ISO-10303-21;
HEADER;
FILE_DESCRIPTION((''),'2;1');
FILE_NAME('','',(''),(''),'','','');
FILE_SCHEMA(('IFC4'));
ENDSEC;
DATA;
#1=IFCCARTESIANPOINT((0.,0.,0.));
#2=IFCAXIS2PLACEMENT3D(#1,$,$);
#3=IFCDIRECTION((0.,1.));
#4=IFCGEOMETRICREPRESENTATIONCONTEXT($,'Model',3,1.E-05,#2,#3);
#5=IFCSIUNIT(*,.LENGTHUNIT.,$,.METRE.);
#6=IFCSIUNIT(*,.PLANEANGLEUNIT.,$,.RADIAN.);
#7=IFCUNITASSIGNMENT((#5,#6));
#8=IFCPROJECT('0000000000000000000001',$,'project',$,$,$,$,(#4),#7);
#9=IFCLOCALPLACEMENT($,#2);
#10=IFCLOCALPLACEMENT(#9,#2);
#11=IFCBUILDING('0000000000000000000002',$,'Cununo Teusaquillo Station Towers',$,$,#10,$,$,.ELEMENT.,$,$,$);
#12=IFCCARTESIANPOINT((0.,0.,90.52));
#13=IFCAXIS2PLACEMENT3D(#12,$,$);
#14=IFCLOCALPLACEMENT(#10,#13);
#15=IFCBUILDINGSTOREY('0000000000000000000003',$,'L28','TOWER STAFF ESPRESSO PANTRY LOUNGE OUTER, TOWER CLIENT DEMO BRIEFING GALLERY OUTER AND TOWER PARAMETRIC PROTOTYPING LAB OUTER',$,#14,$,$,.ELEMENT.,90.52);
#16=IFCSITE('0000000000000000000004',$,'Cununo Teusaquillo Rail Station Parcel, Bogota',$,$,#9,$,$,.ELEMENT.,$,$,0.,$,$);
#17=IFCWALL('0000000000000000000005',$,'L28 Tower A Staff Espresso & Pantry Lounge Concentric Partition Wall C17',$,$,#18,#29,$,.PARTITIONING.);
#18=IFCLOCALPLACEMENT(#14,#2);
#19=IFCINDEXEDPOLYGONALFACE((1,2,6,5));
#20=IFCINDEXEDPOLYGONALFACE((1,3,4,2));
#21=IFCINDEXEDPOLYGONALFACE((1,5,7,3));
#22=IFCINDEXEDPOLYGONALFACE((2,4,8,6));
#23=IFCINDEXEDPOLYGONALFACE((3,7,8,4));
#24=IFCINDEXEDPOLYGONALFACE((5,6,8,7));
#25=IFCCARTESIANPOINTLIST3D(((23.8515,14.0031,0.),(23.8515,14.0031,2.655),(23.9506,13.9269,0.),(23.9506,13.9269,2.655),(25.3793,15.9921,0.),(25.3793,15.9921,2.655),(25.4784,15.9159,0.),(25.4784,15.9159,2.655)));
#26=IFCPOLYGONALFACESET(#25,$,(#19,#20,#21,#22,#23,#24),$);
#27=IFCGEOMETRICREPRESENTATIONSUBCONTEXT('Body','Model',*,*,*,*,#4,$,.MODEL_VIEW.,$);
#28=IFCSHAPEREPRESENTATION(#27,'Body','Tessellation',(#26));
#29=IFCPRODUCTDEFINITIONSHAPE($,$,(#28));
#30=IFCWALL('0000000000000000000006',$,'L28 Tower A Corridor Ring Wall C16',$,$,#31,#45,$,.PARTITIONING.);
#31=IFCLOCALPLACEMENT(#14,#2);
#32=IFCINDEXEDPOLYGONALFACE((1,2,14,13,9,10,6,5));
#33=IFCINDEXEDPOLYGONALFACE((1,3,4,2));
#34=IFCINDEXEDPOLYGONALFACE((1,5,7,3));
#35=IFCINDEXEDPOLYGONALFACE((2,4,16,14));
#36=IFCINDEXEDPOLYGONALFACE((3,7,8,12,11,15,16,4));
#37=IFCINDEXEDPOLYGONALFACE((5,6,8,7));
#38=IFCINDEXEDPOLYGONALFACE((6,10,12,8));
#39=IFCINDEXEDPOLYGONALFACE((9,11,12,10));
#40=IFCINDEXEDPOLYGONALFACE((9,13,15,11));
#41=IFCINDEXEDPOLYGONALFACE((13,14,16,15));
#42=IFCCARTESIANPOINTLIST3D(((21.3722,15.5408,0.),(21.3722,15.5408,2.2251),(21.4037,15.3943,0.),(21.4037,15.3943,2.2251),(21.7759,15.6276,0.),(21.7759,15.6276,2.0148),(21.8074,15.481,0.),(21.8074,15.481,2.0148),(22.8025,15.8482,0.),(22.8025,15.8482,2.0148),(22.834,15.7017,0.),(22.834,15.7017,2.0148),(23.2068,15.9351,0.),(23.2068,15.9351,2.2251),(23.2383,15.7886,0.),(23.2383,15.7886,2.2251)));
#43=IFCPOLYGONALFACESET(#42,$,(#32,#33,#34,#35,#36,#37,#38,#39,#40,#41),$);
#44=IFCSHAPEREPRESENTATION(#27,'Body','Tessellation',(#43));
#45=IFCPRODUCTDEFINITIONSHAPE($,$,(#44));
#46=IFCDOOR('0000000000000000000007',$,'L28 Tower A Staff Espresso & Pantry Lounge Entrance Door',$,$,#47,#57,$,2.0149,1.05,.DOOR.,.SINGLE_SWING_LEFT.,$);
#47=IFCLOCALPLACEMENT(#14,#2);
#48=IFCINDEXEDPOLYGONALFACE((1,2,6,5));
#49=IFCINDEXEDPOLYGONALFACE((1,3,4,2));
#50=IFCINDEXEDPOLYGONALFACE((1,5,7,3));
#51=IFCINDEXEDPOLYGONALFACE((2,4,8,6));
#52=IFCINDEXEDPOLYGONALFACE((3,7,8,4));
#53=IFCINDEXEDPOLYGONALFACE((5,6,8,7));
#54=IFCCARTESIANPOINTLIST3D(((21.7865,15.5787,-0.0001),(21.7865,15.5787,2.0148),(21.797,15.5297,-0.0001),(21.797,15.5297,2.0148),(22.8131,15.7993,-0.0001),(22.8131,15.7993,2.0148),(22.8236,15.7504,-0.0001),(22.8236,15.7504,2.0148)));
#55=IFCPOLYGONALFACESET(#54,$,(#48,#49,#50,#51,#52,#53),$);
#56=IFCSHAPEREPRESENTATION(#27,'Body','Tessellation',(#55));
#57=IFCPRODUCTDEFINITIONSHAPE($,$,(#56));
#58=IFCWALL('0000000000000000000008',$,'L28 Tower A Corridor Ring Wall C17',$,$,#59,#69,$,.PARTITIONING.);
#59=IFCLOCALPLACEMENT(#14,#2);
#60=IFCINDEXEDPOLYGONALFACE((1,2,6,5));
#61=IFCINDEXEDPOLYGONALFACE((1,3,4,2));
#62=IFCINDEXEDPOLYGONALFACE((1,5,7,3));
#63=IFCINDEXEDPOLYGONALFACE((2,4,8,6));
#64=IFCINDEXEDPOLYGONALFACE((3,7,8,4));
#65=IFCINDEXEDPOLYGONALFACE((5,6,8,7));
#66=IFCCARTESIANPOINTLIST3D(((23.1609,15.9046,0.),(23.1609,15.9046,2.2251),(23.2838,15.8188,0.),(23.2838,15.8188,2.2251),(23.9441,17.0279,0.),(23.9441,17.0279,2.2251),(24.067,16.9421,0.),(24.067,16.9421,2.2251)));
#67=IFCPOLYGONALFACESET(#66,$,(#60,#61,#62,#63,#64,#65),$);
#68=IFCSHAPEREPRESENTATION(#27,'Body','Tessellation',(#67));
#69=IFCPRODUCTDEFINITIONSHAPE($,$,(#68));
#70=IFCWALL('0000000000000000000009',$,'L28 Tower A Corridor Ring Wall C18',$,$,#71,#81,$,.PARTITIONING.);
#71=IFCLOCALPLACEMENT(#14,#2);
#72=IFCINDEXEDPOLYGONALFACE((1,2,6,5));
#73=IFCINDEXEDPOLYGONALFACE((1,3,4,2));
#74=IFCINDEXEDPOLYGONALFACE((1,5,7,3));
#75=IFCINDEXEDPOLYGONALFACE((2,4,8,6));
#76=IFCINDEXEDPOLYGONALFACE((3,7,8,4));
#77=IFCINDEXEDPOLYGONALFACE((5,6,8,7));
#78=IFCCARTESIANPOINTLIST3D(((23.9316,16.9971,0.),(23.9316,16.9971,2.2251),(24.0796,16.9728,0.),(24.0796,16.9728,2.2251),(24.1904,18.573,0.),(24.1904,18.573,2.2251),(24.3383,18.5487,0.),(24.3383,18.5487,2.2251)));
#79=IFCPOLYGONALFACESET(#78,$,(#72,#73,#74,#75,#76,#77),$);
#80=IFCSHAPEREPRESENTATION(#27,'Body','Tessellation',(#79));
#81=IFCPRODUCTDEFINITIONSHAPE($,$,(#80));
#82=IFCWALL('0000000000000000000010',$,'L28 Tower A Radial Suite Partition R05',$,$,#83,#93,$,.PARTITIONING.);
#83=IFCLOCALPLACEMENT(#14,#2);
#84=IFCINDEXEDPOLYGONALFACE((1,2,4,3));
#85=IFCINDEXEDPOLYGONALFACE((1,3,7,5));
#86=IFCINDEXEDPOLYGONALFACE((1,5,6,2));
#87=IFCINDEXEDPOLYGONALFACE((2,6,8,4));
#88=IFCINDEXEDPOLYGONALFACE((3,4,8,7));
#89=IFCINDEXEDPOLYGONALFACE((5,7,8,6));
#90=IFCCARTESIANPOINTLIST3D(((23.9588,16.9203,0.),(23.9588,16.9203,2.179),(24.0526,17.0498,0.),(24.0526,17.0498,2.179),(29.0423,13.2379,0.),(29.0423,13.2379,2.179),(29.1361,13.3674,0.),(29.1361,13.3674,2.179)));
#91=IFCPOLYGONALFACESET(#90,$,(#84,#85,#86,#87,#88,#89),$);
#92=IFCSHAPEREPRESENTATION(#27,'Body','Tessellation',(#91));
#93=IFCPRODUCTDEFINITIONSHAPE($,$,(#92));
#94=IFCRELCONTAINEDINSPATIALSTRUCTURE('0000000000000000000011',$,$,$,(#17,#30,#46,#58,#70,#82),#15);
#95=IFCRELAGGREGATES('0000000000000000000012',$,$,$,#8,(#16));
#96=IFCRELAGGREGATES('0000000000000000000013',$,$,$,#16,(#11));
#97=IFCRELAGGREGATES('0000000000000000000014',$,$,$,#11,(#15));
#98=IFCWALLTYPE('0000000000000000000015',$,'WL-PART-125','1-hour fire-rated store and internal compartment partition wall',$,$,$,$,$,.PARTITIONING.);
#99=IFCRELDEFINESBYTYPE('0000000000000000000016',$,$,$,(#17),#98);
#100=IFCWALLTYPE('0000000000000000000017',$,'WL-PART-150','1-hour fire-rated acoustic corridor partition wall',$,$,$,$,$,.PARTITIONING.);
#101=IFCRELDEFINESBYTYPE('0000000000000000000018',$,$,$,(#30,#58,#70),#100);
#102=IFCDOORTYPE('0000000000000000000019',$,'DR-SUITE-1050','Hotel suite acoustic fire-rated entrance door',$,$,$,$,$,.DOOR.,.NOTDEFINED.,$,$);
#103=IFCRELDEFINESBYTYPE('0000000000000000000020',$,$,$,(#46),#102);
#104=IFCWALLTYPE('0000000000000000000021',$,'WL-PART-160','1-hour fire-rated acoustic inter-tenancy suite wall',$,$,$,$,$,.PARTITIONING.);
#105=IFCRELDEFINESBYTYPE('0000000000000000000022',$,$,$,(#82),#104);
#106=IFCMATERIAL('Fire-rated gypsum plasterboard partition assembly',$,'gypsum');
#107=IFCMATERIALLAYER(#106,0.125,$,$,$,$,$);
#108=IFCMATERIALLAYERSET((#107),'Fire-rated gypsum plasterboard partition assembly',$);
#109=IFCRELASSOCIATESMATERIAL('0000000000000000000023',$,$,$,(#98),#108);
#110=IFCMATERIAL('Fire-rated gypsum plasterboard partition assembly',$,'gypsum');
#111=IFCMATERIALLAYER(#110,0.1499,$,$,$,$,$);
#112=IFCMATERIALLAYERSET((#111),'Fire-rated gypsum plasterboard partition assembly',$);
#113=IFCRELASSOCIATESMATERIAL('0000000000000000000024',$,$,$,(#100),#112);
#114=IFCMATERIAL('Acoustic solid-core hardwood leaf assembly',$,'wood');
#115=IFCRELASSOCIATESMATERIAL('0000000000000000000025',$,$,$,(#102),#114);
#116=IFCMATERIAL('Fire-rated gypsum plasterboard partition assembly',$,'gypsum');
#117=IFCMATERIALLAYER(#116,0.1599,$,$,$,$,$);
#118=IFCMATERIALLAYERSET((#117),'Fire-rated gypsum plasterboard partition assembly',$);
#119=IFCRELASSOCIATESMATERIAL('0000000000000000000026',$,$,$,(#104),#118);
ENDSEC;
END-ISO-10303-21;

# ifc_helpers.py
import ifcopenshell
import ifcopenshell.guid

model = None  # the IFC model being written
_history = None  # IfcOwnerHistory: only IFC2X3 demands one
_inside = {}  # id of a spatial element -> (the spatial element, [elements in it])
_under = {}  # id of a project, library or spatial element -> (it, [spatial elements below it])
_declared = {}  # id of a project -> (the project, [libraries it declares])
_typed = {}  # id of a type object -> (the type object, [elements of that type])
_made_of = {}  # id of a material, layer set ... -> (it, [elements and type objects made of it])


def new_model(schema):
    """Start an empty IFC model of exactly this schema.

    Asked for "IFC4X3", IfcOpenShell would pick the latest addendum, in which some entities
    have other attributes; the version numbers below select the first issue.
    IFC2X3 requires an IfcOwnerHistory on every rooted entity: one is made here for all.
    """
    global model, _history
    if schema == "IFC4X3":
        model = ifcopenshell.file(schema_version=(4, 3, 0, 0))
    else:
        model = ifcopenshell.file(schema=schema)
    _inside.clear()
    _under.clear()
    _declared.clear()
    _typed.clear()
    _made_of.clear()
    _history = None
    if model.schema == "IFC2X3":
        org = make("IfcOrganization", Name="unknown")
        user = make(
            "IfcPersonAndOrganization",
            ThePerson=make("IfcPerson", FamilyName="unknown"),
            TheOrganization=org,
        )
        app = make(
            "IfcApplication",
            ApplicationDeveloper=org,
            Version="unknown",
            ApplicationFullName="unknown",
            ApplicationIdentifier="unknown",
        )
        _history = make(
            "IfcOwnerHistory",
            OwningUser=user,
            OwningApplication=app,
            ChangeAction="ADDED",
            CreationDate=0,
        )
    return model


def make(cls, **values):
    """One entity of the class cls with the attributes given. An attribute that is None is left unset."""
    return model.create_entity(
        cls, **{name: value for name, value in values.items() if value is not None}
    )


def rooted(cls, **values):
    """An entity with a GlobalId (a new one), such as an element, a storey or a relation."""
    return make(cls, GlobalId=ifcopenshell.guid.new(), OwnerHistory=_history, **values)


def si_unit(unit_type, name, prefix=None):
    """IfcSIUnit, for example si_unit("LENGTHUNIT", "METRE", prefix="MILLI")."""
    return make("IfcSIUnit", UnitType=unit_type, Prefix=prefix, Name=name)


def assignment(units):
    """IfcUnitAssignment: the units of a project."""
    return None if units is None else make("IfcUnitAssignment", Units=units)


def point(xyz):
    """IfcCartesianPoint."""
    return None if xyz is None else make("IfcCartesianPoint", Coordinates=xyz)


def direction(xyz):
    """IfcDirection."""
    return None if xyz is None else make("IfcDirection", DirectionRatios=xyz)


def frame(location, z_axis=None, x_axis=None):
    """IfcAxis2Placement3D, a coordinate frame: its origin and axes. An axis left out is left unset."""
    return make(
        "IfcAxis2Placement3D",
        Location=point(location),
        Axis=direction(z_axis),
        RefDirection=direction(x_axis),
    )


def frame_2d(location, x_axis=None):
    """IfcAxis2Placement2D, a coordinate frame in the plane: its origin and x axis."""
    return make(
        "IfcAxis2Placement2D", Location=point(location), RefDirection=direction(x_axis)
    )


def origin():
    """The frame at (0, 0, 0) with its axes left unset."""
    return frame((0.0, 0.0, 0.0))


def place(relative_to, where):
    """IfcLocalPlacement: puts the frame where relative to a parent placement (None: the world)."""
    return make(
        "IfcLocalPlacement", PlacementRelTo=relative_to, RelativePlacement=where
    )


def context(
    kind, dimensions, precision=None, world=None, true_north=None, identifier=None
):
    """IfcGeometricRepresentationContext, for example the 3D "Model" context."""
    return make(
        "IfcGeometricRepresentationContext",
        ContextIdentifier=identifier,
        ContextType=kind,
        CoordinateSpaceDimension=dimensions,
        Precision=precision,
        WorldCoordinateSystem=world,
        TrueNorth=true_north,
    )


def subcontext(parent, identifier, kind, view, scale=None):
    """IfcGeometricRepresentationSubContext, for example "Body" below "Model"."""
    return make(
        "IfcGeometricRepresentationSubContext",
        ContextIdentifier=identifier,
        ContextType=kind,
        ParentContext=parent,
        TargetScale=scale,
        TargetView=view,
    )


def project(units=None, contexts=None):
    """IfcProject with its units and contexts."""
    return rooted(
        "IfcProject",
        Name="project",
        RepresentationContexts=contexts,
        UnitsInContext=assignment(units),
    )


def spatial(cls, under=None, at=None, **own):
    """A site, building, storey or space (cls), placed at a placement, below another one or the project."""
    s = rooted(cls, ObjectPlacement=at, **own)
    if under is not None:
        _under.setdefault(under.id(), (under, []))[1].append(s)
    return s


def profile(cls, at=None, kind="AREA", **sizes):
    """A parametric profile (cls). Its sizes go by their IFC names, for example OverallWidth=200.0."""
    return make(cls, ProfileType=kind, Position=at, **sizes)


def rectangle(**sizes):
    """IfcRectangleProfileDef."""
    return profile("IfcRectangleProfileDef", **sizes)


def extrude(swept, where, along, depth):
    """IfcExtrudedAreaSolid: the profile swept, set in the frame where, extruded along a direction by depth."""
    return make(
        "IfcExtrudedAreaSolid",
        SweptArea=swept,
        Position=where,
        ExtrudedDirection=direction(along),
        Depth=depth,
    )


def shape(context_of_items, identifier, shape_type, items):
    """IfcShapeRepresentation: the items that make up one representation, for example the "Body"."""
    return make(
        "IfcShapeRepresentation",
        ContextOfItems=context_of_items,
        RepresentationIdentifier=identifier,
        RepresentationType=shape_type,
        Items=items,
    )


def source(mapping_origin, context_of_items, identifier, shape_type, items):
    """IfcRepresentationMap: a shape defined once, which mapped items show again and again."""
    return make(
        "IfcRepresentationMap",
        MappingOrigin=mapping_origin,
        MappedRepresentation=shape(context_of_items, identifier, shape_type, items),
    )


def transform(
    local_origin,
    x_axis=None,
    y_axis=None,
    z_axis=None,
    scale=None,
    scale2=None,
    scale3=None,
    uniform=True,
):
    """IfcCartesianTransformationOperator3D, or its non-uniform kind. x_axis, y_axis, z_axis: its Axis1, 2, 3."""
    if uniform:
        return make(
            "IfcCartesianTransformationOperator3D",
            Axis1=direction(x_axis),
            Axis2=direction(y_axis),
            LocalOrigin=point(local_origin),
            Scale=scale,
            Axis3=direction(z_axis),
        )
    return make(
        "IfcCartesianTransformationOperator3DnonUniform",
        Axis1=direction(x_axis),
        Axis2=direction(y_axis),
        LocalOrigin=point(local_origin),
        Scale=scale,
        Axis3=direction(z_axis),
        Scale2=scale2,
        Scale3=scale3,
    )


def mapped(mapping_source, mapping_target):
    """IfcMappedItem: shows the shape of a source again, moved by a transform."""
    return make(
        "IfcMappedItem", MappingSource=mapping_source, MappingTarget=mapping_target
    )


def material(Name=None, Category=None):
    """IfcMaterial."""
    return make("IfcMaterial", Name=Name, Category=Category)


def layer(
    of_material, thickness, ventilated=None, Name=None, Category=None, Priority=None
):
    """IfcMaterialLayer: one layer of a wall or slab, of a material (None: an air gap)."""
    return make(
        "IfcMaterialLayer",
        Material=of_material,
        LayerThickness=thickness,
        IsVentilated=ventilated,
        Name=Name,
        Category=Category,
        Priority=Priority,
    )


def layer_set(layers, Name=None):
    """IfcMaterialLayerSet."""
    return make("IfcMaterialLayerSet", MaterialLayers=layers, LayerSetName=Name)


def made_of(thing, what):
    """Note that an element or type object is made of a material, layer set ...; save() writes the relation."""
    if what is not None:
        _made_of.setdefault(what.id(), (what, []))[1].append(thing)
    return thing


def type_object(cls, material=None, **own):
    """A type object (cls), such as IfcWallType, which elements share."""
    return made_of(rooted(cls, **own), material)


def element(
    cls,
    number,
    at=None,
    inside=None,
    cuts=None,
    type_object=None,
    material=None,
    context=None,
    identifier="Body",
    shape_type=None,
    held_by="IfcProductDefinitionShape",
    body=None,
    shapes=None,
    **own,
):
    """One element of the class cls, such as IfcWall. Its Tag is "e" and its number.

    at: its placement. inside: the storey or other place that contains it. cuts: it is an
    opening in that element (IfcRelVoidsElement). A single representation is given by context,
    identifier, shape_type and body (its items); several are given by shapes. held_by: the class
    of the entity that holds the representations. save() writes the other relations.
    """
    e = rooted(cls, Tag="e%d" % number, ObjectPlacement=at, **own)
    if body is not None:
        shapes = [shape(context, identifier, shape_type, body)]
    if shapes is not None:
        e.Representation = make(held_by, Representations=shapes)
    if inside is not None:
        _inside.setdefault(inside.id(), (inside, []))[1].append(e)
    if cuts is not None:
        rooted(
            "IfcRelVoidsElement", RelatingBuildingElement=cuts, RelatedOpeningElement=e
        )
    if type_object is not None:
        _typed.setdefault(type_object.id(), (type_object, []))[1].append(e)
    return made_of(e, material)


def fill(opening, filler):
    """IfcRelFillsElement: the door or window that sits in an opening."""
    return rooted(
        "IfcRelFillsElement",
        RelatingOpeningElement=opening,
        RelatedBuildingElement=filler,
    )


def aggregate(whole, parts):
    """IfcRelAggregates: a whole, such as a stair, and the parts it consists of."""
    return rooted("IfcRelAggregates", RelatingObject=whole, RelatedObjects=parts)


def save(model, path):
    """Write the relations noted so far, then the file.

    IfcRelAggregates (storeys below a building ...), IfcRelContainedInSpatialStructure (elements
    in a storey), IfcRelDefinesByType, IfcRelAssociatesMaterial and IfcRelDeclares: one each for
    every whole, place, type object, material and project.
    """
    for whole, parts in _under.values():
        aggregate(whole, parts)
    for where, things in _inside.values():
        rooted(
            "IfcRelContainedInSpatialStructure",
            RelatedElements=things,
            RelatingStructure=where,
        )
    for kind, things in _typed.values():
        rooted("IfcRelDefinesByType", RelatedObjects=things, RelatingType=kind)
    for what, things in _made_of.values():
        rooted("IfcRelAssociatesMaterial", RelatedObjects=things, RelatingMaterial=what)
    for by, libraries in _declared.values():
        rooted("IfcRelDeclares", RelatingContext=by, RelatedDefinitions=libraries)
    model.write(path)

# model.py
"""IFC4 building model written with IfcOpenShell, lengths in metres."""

from ifc_helpers import new_model, si_unit, direction, frame, frame_2d, origin, place, context, subcontext, project, spatial, rectangle, extrude, source, transform, mapped, material, layer, layer_set, type_object, element, fill, save


model = new_model("IFC4")

# Units and contexts
model_context = context("Model", 3, precision=1e-05, world=origin(), true_north=direction((0.0, 1.0)))
body_context = subcontext(model_context, "Body", "Model", "MODEL_VIEW")
ifc_project = project(units=[si_unit("LENGTHUNIT", "METRE"), si_unit("PLANEANGLEUNIT", "RADIAN")], contexts=[model_context])

# Site, building, storey
site_placement = place(None, origin())
site = spatial("IfcSite", under=ifc_project, at=site_placement, Name="Cununo Teusaquillo Rail Station Parcel, Bogota", CompositionType="ELEMENT", RefElevation=0.0)
building_placement = place(site_placement, origin())
building = spatial("IfcBuilding", under=site, at=building_placement, Name="Cununo Teusaquillo Station Towers", CompositionType="ELEMENT")
storey_placement = place(building_placement, frame((0.0, 0.0, 90.52)))
storey = spatial("IfcBuildingStorey", under=building, at=storey_placement, Name="L28", Description="TOWER STAFF ESPRESSO PANTRY LOUNGE OUTER, TOWER CLIENT DEMO BRIEFING GALLERY OUTER AND TOWER PARAMETRIC PROTOTYPING LAB OUTER", CompositionType="ELEMENT", Elevation=90.52)

# Shared definitions
ifc_material_1 = material(Name="Fire-rated gypsum plasterboard partition assembly", Category="gypsum")
ifc_layer_1 = layer(ifc_material_1, 0.125)
ifc_layer_set_1 = layer_set([ifc_layer_1], Name="Fire-rated gypsum plasterboard partition assembly")
wall_type_1 = type_object("IfcWallType", Name="WL-PART-125", Description="1-hour fire-rated store and internal compartment partition wall", PredefinedType="PARTITIONING", material=ifc_layer_set_1)

# Wall
wall_1_placement = place(storey_placement, frame((23.9011, 13.9651, 0.0), z_axis=(0.0, 0.0, 1.0), x_axis=(0.609165, 0.793044, 0.0)))
element("IfcWall", 1, at=wall_1_placement, inside=storey, type_object=wall_type_1, Name="L28 Tower A Staff Espresso & Pantry Lounge Concentric Partition Wall C17", PredefinedType="PARTITIONING", context=body_context, shape_type="SweptSolid", body=[
    extrude(rectangle(XDim=2.5081, YDim=0.125, at=frame_2d((1.2539, 0.0))), origin(), (0.0, 0.0, 1.0), 2.655),
])

# Wall, opening, door
ifc_material_2 = material(Name="Fire-rated gypsum plasterboard partition assembly", Category="gypsum")
ifc_layer_2 = layer(ifc_material_2, 0.1499)
ifc_layer_set_2 = layer_set([ifc_layer_2], Name="Fire-rated gypsum plasterboard partition assembly")
wall_type_2 = type_object("IfcWallType", Name="WL-PART-150", Description="1-hour fire-rated acoustic corridor partition wall", PredefinedType="PARTITIONING", material=ifc_layer_set_2)
wall_2_placement = place(storey_placement, frame((21.3879, 15.4675, 0.0), z_axis=(0.0, 0.0, 1.0), x_axis=(0.977673, 0.210133, 0.0)))
wall_2 = element("IfcWall", 2, at=wall_2_placement, inside=storey, type_object=wall_type_2, Name="L28 Tower A Corridor Ring Wall C16", PredefinedType="PARTITIONING", context=body_context, shape_type="SweptSolid", body=[
    extrude(rectangle(XDim=1.8765, YDim=0.1499, at=frame_2d((0.9382, 0.0))), origin(), (0.0, 0.0, 1.0), 2.2251),
])
shared_shape_1 = source(origin(), body_context, "Body", "SweptSolid", [
    extrude(rectangle(XDim=1.05, YDim=2.0149, at=frame_2d((0.5249, 1.0073))), frame((0.0, 0.085, 0.0), z_axis=(0.0, -1.0, 0.0), x_axis=(1.0, 0.0, 0.0)), (0.0, 0.0, 1.0), 0.1699),
])
opening_1_placement = place(wall_2_placement, frame((0.4131, 0.0, 0.0)))
opening_1 = element("IfcOpeningElement", 3, at=opening_1_placement, cuts=wall_2, PredefinedType="OPENING", context=body_context, shape_type="MappedRepresentation", body=[
    mapped(shared_shape_1, transform((0.0, 0.0, 0.0), x_axis=(1.0, 0.0, 0.0), y_axis=(0.0, 1.0, 0.0), z_axis=(0.0, 0.0, 1.0), scale=1.0)),
])
ifc_material_3 = material(Name="Acoustic solid-core hardwood leaf assembly", Category="wood")
door_type_1 = type_object("IfcDoorType", Name="DR-SUITE-1050", Description="Hotel suite acoustic fire-rated entrance door", OperationType="NOTDEFINED", PredefinedType="DOOR", material=ifc_material_3)
shared_shape_2 = source(origin(), body_context, "Body", "SweptSolid", [
    extrude(rectangle(XDim=1.05, YDim=2.0149, at=frame_2d((0.5249, 1.0073))), frame((0.0, 0.0249, 0.0), z_axis=(0.0, -1.0, 0.0), x_axis=(1.0, 0.0, 0.0)), (0.0, 0.0, 1.0), 0.05),
])
door_1_placement = place(opening_1_placement, origin())
door_1 = element("IfcDoor", 4, at=door_1_placement, inside=storey, type_object=door_type_1, Name="L28 Tower A Staff Espresso & Pantry Lounge Entrance Door", OperationType="SINGLE_SWING_LEFT", OverallHeight=2.0149, OverallWidth=1.05, PredefinedType="DOOR", context=body_context, shape_type="MappedRepresentation", body=[
    mapped(shared_shape_2, transform((0.0, 0.0, 0.0), x_axis=(1.0, 0.0, 0.0), y_axis=(0.0, 1.0, 0.0), z_axis=(0.0, 0.0, 1.0), scale=1.0)),
])
fill(opening_1, door_1)

# Walls
wall_3_placement = place(storey_placement, frame((23.2224, 15.8618, 0.0), z_axis=(0.0, 0.0, 1.0), x_axis=(0.571942, 0.820294, 0.0)))
element("IfcWall", 5, at=wall_3_placement, inside=storey, type_object=wall_type_2, Name="L28 Tower A Corridor Ring Wall C17", PredefinedType="PARTITIONING", context=body_context, shape_type="SweptSolid", body=[
    extrude(rectangle(XDim=1.3694, YDim=0.1499, at=frame_2d((0.6846, 0.0))), origin(), (0.0, 0.0, 1.0), 2.2251),
])
wall_4_placement = place(storey_placement, frame((24.0056, 16.9851, 0.0), z_axis=(0.0, 0.0, 1.0), x_axis=(0.162043, 0.986784, 0.0)))
element("IfcWall", 6, at=wall_4_placement, inside=storey, type_object=wall_type_2, Name="L28 Tower A Corridor Ring Wall C18", PredefinedType="PARTITIONING", context=body_context, shape_type="SweptSolid", body=[
    extrude(rectangle(XDim=1.5969, YDim=0.1499, at=frame_2d((0.7983, 0.0))), origin(), (0.0, 0.0, 1.0), 2.2251),
])
ifc_material_4 = material(Name="Fire-rated gypsum plasterboard partition assembly", Category="gypsum")
ifc_layer_3 = layer(ifc_material_4, 0.1599)
ifc_layer_set_3 = layer_set([ifc_layer_3], Name="Fire-rated gypsum plasterboard partition assembly")
wall_type_3 = type_object("IfcWallType", Name="WL-PART-160", Description="1-hour fire-rated acoustic inter-tenancy suite wall", PredefinedType="PARTITIONING", material=ifc_layer_set_3)
wall_5_placement = place(storey_placement, frame((24.0056, 16.9851, 0.0), z_axis=(0.0, 0.0, 1.0), x_axis=(0.80985, -0.586637, 0.0)))
element("IfcWall", 7, at=wall_5_placement, inside=storey, type_object=wall_type_3, Name="L28 Tower A Radial Suite Partition R05", PredefinedType="PARTITIONING", context=body_context, shape_type="SweptSolid", body=[
    extrude(rectangle(XDim=6.2771, YDim=0.1599, at=frame_2d((3.1387, 0.0))), origin(), (0.0, 0.0, 1.0), 2.179),
])

save(model, "model.ifc")
